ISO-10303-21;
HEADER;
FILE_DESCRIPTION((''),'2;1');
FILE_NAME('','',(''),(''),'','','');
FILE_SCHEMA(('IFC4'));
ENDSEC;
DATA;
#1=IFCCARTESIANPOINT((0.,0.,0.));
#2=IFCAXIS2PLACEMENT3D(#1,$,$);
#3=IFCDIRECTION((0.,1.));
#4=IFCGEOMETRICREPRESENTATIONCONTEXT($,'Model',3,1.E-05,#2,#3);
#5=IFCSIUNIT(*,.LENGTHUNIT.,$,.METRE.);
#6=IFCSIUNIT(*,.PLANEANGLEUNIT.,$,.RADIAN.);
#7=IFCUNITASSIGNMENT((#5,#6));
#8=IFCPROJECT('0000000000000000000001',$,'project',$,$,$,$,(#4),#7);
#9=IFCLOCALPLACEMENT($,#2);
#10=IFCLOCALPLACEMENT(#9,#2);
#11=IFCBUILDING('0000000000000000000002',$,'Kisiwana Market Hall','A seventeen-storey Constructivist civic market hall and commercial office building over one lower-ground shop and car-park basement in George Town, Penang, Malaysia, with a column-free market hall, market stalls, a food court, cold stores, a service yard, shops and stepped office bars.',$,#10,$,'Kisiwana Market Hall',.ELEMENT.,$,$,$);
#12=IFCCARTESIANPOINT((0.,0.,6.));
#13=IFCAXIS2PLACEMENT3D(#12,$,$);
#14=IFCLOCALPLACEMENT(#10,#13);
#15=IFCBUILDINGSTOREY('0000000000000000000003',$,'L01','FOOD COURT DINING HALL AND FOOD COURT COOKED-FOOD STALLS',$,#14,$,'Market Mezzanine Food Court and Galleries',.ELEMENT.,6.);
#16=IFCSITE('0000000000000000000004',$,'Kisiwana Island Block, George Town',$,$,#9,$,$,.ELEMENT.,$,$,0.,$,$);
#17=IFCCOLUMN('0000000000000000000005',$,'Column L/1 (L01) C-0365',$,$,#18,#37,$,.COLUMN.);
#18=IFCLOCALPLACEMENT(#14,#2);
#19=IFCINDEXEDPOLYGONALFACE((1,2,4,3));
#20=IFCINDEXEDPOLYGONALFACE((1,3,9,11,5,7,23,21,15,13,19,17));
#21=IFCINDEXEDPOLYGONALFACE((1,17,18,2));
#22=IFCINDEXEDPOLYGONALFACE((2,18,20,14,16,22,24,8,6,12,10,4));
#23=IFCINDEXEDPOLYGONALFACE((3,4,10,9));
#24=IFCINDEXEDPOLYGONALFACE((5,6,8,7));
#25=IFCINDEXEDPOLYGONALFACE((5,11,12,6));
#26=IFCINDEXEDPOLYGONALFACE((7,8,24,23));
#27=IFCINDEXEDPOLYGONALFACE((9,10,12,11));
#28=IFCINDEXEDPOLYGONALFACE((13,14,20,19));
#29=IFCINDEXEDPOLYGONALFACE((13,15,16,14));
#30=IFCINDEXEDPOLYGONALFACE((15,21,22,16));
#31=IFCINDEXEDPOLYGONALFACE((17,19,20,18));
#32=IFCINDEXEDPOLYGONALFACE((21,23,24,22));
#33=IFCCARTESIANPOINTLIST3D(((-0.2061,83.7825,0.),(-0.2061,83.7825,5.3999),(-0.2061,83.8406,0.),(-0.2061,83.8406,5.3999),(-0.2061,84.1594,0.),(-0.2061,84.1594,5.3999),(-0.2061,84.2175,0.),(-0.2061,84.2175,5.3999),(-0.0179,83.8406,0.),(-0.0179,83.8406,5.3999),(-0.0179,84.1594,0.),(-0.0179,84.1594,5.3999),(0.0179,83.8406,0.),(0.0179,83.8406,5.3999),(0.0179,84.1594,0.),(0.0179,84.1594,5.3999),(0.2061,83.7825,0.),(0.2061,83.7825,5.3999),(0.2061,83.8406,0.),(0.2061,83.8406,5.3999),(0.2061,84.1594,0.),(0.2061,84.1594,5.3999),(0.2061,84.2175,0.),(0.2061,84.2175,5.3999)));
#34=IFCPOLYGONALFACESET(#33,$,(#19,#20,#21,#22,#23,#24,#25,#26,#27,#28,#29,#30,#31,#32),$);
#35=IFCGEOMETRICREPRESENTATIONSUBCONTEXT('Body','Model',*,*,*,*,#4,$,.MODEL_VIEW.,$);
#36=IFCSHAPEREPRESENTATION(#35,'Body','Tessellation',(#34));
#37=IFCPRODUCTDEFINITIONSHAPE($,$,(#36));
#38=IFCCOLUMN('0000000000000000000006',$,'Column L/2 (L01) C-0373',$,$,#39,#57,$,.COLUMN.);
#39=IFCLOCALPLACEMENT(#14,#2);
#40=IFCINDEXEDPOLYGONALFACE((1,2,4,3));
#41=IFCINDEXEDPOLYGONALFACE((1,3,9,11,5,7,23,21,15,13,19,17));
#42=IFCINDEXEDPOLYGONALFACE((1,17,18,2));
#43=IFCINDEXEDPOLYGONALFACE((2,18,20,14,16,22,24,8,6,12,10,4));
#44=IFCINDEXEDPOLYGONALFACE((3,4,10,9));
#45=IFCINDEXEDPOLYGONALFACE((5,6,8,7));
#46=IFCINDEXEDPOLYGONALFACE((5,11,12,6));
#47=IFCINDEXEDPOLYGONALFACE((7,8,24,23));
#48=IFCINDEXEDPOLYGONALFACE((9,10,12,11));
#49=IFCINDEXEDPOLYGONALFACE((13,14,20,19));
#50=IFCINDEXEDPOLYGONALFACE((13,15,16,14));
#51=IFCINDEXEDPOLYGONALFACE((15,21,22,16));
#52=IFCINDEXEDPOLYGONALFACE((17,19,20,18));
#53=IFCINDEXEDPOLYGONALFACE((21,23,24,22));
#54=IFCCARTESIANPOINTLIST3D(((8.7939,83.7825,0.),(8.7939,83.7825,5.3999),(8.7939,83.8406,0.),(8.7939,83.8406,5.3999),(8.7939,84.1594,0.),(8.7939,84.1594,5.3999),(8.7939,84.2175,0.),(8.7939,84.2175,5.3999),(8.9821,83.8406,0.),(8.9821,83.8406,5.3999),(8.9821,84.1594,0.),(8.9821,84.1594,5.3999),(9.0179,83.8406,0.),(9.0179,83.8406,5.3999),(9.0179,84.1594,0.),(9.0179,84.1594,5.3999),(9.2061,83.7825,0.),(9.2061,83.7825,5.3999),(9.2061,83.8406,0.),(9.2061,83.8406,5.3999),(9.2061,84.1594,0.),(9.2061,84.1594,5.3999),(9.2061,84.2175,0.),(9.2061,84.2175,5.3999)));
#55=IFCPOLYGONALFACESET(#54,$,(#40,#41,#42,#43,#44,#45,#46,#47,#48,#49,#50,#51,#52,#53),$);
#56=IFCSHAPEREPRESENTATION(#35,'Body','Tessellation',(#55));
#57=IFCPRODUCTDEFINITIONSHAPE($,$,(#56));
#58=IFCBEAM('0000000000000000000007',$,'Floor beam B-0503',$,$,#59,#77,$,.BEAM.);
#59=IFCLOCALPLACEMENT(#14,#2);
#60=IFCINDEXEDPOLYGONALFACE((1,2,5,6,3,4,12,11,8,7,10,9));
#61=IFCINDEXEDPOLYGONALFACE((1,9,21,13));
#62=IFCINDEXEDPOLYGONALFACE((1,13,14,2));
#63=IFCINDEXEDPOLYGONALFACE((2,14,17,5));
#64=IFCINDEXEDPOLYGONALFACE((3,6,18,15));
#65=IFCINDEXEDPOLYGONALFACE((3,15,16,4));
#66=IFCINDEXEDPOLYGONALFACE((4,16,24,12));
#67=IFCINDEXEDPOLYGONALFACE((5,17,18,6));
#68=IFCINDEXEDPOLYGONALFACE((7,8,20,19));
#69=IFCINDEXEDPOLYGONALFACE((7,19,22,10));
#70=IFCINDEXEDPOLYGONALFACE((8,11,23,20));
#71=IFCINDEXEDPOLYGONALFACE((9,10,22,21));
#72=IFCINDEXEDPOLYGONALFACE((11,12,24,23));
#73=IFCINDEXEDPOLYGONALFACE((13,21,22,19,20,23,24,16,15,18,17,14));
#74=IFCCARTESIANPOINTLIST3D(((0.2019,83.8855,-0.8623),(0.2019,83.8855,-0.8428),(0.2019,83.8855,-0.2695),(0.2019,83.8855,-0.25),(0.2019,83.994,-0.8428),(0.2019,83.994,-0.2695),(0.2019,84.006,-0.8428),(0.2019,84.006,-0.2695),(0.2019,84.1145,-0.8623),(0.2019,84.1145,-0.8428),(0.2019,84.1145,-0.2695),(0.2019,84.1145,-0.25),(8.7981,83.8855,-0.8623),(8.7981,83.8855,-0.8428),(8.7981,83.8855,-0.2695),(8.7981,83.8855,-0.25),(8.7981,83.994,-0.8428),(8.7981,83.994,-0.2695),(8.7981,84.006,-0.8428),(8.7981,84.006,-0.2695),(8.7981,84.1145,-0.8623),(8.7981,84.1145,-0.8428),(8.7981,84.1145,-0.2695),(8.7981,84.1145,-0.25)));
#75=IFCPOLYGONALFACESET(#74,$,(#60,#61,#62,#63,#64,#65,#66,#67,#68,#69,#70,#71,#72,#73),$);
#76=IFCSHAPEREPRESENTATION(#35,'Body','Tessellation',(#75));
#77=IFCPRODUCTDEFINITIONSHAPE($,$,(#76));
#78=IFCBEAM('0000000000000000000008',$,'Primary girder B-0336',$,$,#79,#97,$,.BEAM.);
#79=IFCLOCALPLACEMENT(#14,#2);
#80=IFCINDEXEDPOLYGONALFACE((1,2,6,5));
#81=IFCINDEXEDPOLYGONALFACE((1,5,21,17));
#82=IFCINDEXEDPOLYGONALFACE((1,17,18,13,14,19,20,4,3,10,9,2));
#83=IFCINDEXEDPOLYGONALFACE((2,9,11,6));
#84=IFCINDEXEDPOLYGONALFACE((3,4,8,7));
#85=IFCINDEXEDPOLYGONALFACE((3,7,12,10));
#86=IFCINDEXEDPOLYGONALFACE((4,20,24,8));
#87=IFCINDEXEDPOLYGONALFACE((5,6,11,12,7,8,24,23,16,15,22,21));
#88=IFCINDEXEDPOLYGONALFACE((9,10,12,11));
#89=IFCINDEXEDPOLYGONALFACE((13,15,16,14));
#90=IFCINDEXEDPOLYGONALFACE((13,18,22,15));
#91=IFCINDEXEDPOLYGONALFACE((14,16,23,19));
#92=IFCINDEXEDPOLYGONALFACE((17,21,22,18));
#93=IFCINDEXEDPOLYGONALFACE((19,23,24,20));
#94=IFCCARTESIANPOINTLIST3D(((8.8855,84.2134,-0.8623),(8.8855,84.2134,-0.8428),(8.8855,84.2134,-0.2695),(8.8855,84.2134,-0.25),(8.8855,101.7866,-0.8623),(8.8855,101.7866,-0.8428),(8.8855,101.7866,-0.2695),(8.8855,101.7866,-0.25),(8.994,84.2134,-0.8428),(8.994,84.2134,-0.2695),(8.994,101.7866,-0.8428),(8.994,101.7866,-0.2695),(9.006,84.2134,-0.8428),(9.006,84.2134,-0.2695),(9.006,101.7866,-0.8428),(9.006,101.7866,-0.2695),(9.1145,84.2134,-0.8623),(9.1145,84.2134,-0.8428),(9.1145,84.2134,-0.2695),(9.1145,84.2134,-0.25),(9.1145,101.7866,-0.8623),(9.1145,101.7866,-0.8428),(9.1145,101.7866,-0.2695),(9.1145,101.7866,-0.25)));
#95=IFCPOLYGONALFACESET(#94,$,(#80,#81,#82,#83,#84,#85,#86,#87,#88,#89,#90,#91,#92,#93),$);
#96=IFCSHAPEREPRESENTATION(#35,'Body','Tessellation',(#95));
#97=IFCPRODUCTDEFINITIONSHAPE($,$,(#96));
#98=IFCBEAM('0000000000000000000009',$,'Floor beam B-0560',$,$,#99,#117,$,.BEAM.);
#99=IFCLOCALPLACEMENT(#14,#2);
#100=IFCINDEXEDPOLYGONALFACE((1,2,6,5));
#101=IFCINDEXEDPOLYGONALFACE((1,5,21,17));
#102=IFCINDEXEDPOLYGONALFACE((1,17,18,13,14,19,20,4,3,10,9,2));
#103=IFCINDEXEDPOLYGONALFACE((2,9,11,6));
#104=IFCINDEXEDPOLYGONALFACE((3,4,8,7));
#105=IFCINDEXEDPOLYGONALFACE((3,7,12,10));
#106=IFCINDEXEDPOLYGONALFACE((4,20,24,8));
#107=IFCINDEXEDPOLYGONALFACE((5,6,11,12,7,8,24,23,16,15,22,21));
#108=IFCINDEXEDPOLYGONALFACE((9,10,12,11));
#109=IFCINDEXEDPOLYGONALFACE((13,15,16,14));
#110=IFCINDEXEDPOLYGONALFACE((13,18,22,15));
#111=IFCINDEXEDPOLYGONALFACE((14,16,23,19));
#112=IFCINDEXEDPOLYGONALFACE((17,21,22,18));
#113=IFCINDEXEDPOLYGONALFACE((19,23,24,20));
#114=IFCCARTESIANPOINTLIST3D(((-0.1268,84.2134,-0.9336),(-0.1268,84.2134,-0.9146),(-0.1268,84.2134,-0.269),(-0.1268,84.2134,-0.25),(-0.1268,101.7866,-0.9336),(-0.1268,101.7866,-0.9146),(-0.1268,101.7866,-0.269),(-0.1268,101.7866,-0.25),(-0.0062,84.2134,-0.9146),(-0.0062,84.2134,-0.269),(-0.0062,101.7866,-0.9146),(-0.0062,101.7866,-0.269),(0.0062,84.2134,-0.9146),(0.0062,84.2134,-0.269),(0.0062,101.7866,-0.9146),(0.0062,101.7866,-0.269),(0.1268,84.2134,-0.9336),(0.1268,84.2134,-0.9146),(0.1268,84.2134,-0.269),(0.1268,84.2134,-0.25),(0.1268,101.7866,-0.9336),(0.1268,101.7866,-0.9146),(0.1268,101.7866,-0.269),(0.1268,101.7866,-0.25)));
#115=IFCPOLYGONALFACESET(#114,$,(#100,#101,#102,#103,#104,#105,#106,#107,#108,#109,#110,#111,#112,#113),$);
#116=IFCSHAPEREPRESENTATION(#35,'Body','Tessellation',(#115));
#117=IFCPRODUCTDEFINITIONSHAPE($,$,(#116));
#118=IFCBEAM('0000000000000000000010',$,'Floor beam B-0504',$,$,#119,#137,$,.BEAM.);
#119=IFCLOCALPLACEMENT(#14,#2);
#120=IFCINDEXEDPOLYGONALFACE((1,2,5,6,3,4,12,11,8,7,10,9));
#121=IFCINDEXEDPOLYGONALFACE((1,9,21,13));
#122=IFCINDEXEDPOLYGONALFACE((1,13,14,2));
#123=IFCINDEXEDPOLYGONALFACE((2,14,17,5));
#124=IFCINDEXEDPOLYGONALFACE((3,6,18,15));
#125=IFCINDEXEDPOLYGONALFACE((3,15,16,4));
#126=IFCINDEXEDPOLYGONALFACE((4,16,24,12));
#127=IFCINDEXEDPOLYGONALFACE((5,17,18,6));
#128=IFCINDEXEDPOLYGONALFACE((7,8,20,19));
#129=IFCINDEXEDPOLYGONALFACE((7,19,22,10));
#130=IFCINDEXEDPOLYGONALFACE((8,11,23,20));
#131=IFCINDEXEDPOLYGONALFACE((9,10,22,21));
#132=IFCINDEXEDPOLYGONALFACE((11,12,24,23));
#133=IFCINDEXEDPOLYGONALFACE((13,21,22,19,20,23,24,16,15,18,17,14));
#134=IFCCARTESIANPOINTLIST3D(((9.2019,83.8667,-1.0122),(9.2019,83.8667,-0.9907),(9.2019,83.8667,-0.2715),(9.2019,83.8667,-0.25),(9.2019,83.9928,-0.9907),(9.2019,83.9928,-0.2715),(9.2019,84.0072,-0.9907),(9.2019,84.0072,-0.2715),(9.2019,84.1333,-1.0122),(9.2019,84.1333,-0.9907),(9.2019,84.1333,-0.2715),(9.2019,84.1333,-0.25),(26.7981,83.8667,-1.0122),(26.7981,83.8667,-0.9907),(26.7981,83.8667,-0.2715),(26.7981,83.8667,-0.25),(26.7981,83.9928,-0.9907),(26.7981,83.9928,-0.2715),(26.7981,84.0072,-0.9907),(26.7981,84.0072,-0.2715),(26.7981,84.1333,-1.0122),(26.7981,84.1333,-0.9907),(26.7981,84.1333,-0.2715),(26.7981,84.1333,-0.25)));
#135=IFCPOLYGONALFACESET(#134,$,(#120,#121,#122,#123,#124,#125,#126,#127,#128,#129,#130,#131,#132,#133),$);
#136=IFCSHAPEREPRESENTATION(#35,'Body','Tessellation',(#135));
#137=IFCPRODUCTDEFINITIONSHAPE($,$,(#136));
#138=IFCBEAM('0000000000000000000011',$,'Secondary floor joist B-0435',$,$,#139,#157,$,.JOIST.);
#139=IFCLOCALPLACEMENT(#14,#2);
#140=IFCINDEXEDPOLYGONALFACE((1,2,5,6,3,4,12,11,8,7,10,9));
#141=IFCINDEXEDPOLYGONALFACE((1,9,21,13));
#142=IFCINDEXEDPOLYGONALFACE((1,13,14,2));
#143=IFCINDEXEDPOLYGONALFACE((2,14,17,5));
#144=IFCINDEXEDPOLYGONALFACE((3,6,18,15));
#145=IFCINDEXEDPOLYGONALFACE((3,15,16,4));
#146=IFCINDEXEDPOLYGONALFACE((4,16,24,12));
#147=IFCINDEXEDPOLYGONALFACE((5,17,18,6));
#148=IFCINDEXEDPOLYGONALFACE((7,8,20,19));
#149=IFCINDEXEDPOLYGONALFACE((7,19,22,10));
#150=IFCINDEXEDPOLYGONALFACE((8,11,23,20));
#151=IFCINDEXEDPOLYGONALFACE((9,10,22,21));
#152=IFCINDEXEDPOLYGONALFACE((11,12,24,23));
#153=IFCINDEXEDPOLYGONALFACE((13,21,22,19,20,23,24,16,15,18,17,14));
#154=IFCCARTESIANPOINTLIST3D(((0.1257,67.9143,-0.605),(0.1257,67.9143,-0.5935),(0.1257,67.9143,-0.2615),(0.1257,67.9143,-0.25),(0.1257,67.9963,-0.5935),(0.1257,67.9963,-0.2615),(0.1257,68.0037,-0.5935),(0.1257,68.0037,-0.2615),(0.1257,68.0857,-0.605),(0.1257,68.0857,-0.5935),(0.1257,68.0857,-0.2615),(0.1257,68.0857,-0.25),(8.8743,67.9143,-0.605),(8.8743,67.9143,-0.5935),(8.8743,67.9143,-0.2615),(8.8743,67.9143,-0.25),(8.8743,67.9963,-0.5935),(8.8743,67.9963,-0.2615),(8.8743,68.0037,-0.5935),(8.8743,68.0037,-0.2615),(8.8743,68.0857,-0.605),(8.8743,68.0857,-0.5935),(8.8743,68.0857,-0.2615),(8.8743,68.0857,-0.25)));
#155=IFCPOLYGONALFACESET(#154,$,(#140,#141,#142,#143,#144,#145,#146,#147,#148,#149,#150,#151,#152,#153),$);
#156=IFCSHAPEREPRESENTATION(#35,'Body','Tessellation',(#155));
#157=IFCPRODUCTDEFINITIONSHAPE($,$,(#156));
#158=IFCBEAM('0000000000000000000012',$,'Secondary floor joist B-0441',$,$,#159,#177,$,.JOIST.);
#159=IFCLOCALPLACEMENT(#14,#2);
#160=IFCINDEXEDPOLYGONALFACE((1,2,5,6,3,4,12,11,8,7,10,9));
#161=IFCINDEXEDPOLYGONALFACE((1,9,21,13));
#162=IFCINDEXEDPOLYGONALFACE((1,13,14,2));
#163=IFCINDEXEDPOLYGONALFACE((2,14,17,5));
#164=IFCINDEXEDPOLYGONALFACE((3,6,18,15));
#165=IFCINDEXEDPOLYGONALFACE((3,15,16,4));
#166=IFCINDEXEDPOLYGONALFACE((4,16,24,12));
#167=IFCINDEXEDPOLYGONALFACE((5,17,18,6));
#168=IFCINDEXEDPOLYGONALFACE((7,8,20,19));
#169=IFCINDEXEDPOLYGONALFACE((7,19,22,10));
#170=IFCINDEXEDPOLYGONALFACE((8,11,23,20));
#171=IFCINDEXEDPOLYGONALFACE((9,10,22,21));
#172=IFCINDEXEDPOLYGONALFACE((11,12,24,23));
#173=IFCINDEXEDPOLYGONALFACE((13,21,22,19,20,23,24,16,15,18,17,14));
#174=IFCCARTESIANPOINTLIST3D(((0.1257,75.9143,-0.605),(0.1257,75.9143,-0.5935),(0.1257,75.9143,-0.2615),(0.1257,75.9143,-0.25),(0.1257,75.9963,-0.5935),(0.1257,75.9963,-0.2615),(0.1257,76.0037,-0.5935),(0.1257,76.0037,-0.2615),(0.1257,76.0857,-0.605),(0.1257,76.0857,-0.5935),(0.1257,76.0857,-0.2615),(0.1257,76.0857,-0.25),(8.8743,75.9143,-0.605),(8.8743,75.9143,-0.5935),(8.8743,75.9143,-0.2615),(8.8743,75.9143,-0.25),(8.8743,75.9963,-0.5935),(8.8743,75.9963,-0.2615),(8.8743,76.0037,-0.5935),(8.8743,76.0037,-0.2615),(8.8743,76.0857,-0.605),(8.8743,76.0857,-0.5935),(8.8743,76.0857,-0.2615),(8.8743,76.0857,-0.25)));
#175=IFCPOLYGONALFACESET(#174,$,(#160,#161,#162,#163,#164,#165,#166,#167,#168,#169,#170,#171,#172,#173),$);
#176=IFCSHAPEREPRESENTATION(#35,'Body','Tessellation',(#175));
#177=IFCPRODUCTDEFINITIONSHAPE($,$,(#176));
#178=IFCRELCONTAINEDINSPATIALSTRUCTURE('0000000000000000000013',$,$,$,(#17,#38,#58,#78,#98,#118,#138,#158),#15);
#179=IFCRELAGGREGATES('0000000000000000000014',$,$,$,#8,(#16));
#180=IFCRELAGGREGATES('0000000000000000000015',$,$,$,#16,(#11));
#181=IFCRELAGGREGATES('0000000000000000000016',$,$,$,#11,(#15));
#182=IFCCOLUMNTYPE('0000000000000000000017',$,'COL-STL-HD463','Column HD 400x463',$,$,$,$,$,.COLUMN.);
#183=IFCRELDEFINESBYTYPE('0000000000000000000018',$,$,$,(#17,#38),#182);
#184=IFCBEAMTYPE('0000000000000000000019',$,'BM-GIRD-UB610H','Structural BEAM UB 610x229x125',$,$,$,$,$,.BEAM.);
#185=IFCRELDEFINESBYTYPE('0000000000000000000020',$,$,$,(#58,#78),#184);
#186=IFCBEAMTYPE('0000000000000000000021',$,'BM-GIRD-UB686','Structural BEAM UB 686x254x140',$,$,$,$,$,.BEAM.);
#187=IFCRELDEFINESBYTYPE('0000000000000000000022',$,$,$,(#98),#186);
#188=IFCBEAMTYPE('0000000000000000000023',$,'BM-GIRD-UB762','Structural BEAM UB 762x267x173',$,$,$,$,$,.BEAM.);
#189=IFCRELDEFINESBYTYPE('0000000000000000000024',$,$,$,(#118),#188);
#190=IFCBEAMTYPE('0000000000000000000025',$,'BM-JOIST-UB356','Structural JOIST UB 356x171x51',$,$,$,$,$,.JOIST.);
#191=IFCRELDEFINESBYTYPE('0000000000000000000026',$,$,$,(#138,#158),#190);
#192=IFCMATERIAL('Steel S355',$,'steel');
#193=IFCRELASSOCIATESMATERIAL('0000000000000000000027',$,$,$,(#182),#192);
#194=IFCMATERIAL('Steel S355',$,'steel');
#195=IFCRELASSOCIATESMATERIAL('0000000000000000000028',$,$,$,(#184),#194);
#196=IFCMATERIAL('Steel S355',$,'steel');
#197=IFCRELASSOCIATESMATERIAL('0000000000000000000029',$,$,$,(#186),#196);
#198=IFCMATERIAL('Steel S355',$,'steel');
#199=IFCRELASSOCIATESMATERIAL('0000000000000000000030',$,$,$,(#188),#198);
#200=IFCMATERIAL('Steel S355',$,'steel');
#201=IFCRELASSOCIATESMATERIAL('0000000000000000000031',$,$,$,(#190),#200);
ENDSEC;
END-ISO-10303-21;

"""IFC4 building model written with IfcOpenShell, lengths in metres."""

from ifc_helpers import new_model, si_unit, direction, frame, origin, origin_2d, place, context, subcontext, project, spatial, i_section, extrude, material, material_profile, profile_set, type_object, element, save


model = new_model("IFC4")

# Units and contexts
model_context = context("Model", 3, precision=1e-05, world=origin(), true_north=direction((0.0, 1.0)))
body_context = subcontext(model_context, "Body", "Model", "MODEL_VIEW")
ifc_project = project(units=[si_unit("LENGTHUNIT", "METRE"), si_unit("PLANEANGLEUNIT", "RADIAN")], contexts=[model_context])

# Site, building, storey
site_placement = place(None, origin())
site = spatial("IfcSite", under=ifc_project, at=site_placement, Name="Kisiwana Island Block, George Town", CompositionType="ELEMENT", RefElevation=0.0)
building_placement = place(site_placement, origin())
building = spatial("IfcBuilding", under=site, at=building_placement, Name="Kisiwana Market Hall", Description="A seventeen-storey Constructivist civic market hall and commercial office building over one lower-ground shop and car-park basement in George Town, Penang, Malaysia, with a column-free market hall, market stalls, a food court, cold stores, a service yard, shops and stepped office bars.", LongName="Kisiwana Market Hall", CompositionType="ELEMENT")
storey_placement = place(building_placement, frame((0.0, 0.0, 6.0)))
storey = spatial("IfcBuildingStorey", under=building, at=storey_placement, Name="L01", Description="FOOD COURT DINING HALL AND FOOD COURT COOKED-FOOD STALLS", LongName="Market Mezzanine Food Court and Galleries", CompositionType="ELEMENT", Elevation=6.0)

# Columns
ifc_material_1 = material(Name="Steel S355", Category="steel")
ifc_material_profile_1 = material_profile(ifc_material_1, i_section(OverallWidth=0.4121, OverallDepth=0.4351, WebThickness=0.0359, FlangeThickness=0.0581, at=origin_2d()), Name="HD 400x463")
ifc_profile_set_1 = profile_set([ifc_material_profile_1], Name="Steel S355")
column_type = type_object("IfcColumnType", Name="COL-STL-HD463", Description="Column HD 400x463", PredefinedType="COLUMN", material=ifc_profile_set_1)
for number, where, z_axis, x_axis, name in (
    (1, (0.0, 84.0, 0.0), (0.0, 0.0, 1.0), (1.0, 0.0, 0.0), "Column L/1 (L01) C-0365"),
    (2, (9.0, 84.0, 0.0), (0.0, 0.0, 1.0), (1.0, 0.0, 0.0), "Column L/2 (L01) C-0373"),
):
    element("IfcColumn", number, at=place(storey_placement, frame(where, z_axis=z_axis, x_axis=x_axis)), inside=storey, type_object=column_type, Name=name, PredefinedType="COLUMN", context=body_context, shape_type="SweptSolid", body=[
        extrude(i_section(OverallWidth=0.4121, OverallDepth=0.4351, WebThickness=0.0359, FlangeThickness=0.0581, at=origin_2d()), origin(), (0.0, 0.0, 1.0), 5.3999),
    ])

# Beams
ifc_material_2 = material(Name="Steel S355", Category="steel")
ifc_material_profile_2 = material_profile(ifc_material_2, i_section(OverallWidth=0.229, OverallDepth=0.6123, WebThickness=0.012, FlangeThickness=0.0195, at=origin_2d()), Name="UB 610x229x125")
ifc_profile_set_2 = profile_set([ifc_material_profile_2], Name="Steel S355")
beam_type_1 = type_object("IfcBeamType", Name="BM-GIRD-UB610H", Description="Structural BEAM UB 610x229x125", PredefinedType="BEAM", material=ifc_profile_set_2)
beam_1_placement = place(storey_placement, frame((0.2019, 84.0, -0.5562), z_axis=(1.0, 0.0, 0.0), x_axis=(0.0, 1.0, 0.0)))
element("IfcBeam", 3, at=beam_1_placement, inside=storey, type_object=beam_type_1, Name="Floor beam B-0503", PredefinedType="BEAM", context=body_context, shape_type="SweptSolid", body=[
    extrude(i_section(OverallWidth=0.229, OverallDepth=0.6123, WebThickness=0.012, FlangeThickness=0.0195, at=origin_2d()), origin(), (0.0, 0.0, 1.0), 8.5962),
])
beam_2_placement = place(storey_placement, frame((9.0, 84.2134, -0.5562), z_axis=(0.0, 1.0, 0.0), x_axis=(-1.0, 0.0, 0.0)))
element("IfcBeam", 4, at=beam_2_placement, inside=storey, type_object=beam_type_1, Name="Primary girder B-0336", PredefinedType="BEAM", context=body_context, shape_type="SweptSolid", body=[
    extrude(i_section(OverallWidth=0.229, OverallDepth=0.6123, WebThickness=0.012, FlangeThickness=0.0195, at=origin_2d()), origin(), (0.0, 0.0, 1.0), 17.5732),
])
ifc_material_3 = material(Name="Steel S355", Category="steel")
ifc_material_profile_3 = material_profile(ifc_material_3, i_section(OverallWidth=0.2537, OverallDepth=0.6836, WebThickness=0.0125, FlangeThickness=0.019, at=origin_2d()), Name="UB 686x254x140")
ifc_profile_set_3 = profile_set([ifc_material_profile_3], Name="Steel S355")
beam_type_2 = type_object("IfcBeamType", Name="BM-GIRD-UB686", Description="Structural BEAM UB 686x254x140", PredefinedType="BEAM", material=ifc_profile_set_3)
beam_3_placement = place(storey_placement, frame((0.0, 84.2134, -0.5918), z_axis=(0.0, 1.0, 0.0), x_axis=(-1.0, 0.0, 0.0)))
element("IfcBeam", 5, at=beam_3_placement, inside=storey, type_object=beam_type_2, Name="Floor beam B-0560", PredefinedType="BEAM", context=body_context, shape_type="SweptSolid", body=[
    extrude(i_section(OverallWidth=0.2537, OverallDepth=0.6836, WebThickness=0.0125, FlangeThickness=0.019, at=origin_2d()), origin(), (0.0, 0.0, 1.0), 17.5732),
])
ifc_material_4 = material(Name="Steel S355", Category="steel")
ifc_material_profile_4 = material_profile(ifc_material_4, i_section(OverallWidth=0.2666, OverallDepth=0.7622, WebThickness=0.0144, FlangeThickness=0.0215, at=origin_2d()), Name="UB 762x267x173")
ifc_profile_set_4 = profile_set([ifc_material_profile_4], Name="Steel S355")
beam_type_3 = type_object("IfcBeamType", Name="BM-GIRD-UB762", Description="Structural BEAM UB 762x267x173", PredefinedType="BEAM", material=ifc_profile_set_4)
beam_4_placement = place(storey_placement, frame((9.2019, 84.0, -0.6311), z_axis=(1.0, 0.0, 0.0), x_axis=(0.0, 1.0, 0.0)))
element("IfcBeam", 6, at=beam_4_placement, inside=storey, type_object=beam_type_3, Name="Floor beam B-0504", PredefinedType="BEAM", context=body_context, shape_type="SweptSolid", body=[
    extrude(i_section(OverallWidth=0.2666, OverallDepth=0.7622, WebThickness=0.0144, FlangeThickness=0.0215, at=origin_2d()), origin(), (0.0, 0.0, 1.0), 17.5962),
])
ifc_material_5 = material(Name="Steel S355", Category="steel")
ifc_material_profile_5 = material_profile(ifc_material_5, i_section(OverallWidth=0.1714, OverallDepth=0.355, WebThickness=0.0073, FlangeThickness=0.0115, at=origin_2d()), Name="UB 356x171x51")
ifc_profile_set_5 = profile_set([ifc_material_profile_5], Name="Steel S355")
beam_type_4 = type_object("IfcBeamType", Name="BM-JOIST-UB356", Description="Structural JOIST UB 356x171x51", PredefinedType="JOIST", material=ifc_profile_set_5)
for number, where, z_axis, x_axis, name in (
    (7, (0.1257, 68.0, -0.4275), (1.0, 0.0, 0.0), (0.0, 1.0, 0.0), "Secondary floor joist B-0435"),
    (8, (0.1257, 76.0, -0.4275), (1.0, 0.0, 0.0), (0.0, 1.0, 0.0), "Secondary floor joist B-0441"),
):
    element("IfcBeam", number, at=place(storey_placement, frame(where, z_axis=z_axis, x_axis=x_axis)), inside=storey, type_object=beam_type_4, Name=name, PredefinedType="JOIST", context=body_context, shape_type="SweptSolid", body=[
        extrude(i_section(OverallWidth=0.1714, OverallDepth=0.355, WebThickness=0.0073, FlangeThickness=0.0115, at=origin_2d()), origin(), (0.0, 0.0, 1.0), 8.7485),
    ])

save(model, "model.ifc")
